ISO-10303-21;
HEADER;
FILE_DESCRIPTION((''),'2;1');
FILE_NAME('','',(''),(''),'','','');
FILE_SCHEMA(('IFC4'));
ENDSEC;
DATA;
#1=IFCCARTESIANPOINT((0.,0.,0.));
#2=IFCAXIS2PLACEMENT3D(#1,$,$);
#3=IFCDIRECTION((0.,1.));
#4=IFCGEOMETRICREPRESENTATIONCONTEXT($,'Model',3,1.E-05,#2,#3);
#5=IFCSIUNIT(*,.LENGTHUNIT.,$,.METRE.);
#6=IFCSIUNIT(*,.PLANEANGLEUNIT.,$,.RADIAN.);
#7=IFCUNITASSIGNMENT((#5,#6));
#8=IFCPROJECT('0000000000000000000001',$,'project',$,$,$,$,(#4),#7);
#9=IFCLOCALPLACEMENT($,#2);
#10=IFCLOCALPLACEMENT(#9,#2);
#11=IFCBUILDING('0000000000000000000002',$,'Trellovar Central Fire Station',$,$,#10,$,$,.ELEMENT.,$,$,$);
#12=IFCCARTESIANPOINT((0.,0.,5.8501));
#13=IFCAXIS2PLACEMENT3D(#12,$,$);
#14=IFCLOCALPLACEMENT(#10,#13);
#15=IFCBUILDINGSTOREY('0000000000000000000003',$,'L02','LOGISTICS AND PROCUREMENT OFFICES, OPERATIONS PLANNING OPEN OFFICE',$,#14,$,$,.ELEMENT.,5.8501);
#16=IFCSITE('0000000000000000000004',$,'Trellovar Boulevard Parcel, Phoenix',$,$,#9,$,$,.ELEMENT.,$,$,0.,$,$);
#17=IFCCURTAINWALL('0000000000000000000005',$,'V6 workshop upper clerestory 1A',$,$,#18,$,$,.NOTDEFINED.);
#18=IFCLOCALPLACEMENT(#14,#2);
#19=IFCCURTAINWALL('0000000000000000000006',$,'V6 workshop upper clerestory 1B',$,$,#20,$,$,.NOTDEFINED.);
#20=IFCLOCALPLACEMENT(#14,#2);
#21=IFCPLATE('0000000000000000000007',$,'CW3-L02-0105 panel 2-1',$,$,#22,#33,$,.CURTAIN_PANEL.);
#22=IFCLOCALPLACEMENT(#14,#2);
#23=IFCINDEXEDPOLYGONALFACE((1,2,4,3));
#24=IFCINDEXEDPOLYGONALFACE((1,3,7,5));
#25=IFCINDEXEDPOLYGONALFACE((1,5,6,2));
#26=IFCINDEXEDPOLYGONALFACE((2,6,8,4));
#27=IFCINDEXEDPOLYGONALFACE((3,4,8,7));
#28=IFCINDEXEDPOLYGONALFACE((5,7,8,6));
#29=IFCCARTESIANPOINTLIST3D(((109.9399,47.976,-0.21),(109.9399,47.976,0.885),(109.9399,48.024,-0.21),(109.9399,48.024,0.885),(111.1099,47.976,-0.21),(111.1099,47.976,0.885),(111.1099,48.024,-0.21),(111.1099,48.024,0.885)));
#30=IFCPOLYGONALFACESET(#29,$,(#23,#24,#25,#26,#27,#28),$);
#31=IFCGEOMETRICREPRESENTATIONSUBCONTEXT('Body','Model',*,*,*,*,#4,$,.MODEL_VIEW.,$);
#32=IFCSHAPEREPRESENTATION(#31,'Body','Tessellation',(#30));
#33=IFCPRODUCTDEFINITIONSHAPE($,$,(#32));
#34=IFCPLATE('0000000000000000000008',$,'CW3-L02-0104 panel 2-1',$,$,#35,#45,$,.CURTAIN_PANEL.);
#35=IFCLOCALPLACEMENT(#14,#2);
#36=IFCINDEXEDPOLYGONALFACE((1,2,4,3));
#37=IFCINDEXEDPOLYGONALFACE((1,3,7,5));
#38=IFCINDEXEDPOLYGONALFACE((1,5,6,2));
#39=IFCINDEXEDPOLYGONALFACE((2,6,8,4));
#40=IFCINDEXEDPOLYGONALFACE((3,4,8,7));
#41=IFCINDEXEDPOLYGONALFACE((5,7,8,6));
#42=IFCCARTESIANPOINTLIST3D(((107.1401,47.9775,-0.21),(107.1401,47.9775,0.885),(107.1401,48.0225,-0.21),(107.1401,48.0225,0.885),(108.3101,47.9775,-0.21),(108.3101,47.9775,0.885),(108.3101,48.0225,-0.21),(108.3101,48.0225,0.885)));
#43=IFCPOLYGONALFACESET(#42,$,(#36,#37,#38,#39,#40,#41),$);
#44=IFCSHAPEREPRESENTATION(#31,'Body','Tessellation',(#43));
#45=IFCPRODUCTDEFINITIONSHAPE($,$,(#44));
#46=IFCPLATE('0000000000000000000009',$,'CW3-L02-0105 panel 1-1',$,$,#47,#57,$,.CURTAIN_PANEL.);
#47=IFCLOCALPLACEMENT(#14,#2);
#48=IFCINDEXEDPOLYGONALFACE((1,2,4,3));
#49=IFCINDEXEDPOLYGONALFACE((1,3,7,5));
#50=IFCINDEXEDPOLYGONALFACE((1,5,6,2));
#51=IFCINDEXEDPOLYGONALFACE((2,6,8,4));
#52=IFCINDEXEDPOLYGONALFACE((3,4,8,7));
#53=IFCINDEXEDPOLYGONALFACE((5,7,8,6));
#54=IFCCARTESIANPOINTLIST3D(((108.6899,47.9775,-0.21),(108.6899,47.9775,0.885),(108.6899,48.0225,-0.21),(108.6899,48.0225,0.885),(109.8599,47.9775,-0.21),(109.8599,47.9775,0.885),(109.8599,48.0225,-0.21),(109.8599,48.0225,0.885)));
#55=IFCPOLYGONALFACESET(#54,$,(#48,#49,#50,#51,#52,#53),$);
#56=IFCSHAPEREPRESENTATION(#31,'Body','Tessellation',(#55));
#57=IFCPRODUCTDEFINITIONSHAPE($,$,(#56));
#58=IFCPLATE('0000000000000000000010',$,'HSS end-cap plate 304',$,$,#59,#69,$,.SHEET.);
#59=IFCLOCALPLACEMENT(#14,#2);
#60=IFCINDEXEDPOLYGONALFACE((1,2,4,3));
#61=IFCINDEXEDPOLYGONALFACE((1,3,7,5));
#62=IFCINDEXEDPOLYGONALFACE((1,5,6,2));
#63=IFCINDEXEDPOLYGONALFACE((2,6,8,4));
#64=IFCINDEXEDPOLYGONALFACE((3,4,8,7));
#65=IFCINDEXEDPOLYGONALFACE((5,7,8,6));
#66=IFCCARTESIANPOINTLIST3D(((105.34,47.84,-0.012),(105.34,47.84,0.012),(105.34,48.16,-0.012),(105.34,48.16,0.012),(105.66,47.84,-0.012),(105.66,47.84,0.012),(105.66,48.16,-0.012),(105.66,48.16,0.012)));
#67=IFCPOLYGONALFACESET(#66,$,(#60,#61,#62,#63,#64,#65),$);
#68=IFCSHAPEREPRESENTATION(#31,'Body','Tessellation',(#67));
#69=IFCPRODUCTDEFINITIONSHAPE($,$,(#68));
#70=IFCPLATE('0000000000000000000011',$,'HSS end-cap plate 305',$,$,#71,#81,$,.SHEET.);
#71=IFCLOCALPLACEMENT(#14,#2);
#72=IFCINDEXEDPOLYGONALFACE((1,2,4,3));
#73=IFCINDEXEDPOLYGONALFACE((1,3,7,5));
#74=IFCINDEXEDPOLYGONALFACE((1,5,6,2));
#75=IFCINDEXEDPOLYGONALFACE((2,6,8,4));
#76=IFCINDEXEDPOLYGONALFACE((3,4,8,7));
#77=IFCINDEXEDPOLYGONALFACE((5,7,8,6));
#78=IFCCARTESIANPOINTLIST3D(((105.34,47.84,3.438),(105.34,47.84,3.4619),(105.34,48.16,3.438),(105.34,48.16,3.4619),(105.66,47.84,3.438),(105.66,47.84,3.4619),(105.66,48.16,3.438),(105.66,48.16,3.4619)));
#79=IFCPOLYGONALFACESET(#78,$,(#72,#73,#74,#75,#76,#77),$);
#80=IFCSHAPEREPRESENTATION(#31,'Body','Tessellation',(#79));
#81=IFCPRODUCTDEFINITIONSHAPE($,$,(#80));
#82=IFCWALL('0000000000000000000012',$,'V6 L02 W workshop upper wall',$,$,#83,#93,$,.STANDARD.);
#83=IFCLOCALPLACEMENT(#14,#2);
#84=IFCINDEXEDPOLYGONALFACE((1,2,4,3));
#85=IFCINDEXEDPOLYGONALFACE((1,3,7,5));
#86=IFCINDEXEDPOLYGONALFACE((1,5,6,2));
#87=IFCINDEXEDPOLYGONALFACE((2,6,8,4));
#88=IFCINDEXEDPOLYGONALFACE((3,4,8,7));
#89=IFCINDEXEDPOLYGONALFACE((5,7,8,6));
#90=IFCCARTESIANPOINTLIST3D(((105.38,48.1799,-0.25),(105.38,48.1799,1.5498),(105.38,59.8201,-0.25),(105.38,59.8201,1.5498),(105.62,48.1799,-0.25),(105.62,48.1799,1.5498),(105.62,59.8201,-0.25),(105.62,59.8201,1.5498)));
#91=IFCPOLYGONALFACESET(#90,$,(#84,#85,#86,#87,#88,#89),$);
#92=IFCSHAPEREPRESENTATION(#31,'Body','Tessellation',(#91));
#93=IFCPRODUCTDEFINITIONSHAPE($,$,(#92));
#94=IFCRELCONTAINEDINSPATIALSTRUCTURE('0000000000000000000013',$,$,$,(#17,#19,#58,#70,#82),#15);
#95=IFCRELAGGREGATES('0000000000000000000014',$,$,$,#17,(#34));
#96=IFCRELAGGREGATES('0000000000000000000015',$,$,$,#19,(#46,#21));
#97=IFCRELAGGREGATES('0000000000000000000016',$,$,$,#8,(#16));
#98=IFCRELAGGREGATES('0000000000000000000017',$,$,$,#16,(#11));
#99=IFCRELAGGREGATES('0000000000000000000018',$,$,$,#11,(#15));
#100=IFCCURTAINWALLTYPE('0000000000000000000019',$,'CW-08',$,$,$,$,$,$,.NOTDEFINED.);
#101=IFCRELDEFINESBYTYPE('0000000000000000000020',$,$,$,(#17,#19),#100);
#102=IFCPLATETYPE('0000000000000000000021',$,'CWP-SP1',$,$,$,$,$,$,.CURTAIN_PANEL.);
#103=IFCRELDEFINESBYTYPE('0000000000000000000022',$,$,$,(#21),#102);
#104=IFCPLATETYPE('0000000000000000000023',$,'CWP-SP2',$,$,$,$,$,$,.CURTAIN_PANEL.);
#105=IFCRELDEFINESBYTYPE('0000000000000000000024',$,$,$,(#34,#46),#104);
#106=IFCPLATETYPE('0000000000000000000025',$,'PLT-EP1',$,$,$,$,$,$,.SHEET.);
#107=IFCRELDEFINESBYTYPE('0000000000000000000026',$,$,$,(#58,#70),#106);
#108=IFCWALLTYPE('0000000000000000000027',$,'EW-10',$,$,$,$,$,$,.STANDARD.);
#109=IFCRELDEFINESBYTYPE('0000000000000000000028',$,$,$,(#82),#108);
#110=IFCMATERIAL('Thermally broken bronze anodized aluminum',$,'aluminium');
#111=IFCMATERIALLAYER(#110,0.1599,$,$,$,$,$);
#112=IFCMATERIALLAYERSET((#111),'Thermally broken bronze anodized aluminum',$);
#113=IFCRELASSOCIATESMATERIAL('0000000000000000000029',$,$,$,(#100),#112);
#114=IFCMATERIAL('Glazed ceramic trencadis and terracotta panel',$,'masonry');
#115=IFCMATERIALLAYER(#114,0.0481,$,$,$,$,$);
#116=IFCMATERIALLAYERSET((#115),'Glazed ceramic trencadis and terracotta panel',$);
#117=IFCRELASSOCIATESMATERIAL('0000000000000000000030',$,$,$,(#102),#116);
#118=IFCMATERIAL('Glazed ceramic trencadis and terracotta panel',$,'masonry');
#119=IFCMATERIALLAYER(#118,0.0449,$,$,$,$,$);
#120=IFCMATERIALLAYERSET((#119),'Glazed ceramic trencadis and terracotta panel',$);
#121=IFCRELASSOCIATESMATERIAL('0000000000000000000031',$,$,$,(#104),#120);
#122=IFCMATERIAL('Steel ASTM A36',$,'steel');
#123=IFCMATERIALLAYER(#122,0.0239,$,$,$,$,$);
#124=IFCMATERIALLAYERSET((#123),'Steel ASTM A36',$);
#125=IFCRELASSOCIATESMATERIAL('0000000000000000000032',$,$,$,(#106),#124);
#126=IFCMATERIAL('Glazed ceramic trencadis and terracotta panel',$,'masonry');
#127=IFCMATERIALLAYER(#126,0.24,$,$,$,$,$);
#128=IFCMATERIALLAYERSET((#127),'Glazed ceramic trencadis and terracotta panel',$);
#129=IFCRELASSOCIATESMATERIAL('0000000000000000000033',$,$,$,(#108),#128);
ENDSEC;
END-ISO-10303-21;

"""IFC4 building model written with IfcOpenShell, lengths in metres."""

from ifc_helpers import new_model, si_unit, direction, frame, frame_2d, origin, origin_2d, place, context, subcontext, project, spatial, rectangle, extrude, material, layer, layer_set, type_object, element, aggregate, save


model = new_model("IFC4")

# Units and contexts
model_context = context("Model", 3, precision=1e-05, world=origin(), true_north=direction((0.0, 1.0)))
body_context = subcontext(model_context, "Body", "Model", "MODEL_VIEW")
ifc_project = project(units=[si_unit("LENGTHUNIT", "METRE"), si_unit("PLANEANGLEUNIT", "RADIAN")], contexts=[model_context])

# Site, building, storey
site_placement = place(None, origin())
site = spatial("IfcSite", under=ifc_project, at=site_placement, Name="Trellovar Boulevard Parcel, Phoenix", CompositionType="ELEMENT", RefElevation=0.0)
building_placement = place(site_placement, origin())
building = spatial("IfcBuilding", under=site, at=building_placement, Name="Trellovar Central Fire Station", CompositionType="ELEMENT")
storey_placement = place(building_placement, frame((0.0, 0.0, 5.8501)))
storey = spatial("IfcBuildingStorey", under=building, at=storey_placement, Name="L02", Description="LOGISTICS AND PROCUREMENT OFFICES, OPERATIONS PLANNING OPEN OFFICE", CompositionType="ELEMENT", Elevation=5.8501)

# Curtain walls
ifc_material_1 = material(Name="Thermally broken bronze anodized aluminum", Category="aluminium")
ifc_layer_1 = layer(ifc_material_1, 0.1599)
ifc_layer_set_1 = layer_set([ifc_layer_1], Name="Thermally broken bronze anodized aluminum")
curtain_wall_type_1 = type_object("IfcCurtainWallType", Name="CW-08", PredefinedType="NOTDEFINED", material=ifc_layer_set_1)
curtain_wall_1_placement = place(storey_placement, origin())
curtain_wall_1 = element("IfcCurtainWall", 1, at=curtain_wall_1_placement, inside=storey, type_object=curtain_wall_type_1, Name="V6 workshop upper clerestory 1A", PredefinedType="NOTDEFINED")
curtain_wall_2_placement = place(storey_placement, origin())
curtain_wall_2 = element("IfcCurtainWall", 2, at=curtain_wall_2_placement, inside=storey, type_object=curtain_wall_type_1, Name="V6 workshop upper clerestory 1B", PredefinedType="NOTDEFINED")

# Plates
ifc_material_2 = material(Name="Glazed ceramic trencadis and terracotta panel", Category="masonry")
ifc_layer_2 = layer(ifc_material_2, 0.0481)
ifc_layer_set_2 = layer_set([ifc_layer_2], Name="Glazed ceramic trencadis and terracotta panel")
plate_type_1 = type_object("IfcPlateType", Name="CWP-SP1", PredefinedType="CURTAIN_PANEL", material=ifc_layer_set_2)
plate_1_placement = place(storey_placement, frame((110.5249, 48.0, -0.21), z_axis=(0.0, 0.0, 1.0), x_axis=(1.0, 0.0, 0.0)))
plate_1 = element("IfcPlate", 3, at=plate_1_placement, type_object=plate_type_1, Name="CW3-L02-0105 panel 2-1", PredefinedType="CURTAIN_PANEL", context=body_context, shape_type="SweptSolid", body=[
    extrude(rectangle(XDim=1.1699, YDim=0.0481, at=origin_2d()), origin(), (0.0, 0.0, 1.0), 1.095),
])
ifc_material_3 = material(Name="Glazed ceramic trencadis and terracotta panel", Category="masonry")
ifc_layer_3 = layer(ifc_material_3, 0.0449)
ifc_layer_set_3 = layer_set([ifc_layer_3], Name="Glazed ceramic trencadis and terracotta panel")
plate_type_2 = type_object("IfcPlateType", Name="CWP-SP2", PredefinedType="CURTAIN_PANEL", material=ifc_layer_set_3)
plate_2_placement = place(storey_placement, frame((107.7251, 48.0, -0.21), z_axis=(0.0, 0.0, 1.0), x_axis=(1.0, 0.0, 0.0)))
plate_2 = element("IfcPlate", 4, at=plate_2_placement, type_object=plate_type_2, Name="CW3-L02-0104 panel 2-1", PredefinedType="CURTAIN_PANEL", context=body_context, shape_type="SweptSolid", body=[
    extrude(rectangle(XDim=1.1699, YDim=0.0449, at=origin_2d()), origin(), (0.0, 0.0, 1.0), 1.095),
])
aggregate(curtain_wall_1, [plate_2])
plate_3_placement = place(storey_placement, frame((109.2749, 48.0, -0.21), z_axis=(0.0, 0.0, 1.0), x_axis=(1.0, 0.0, 0.0)))
plate_3 = element("IfcPlate", 5, at=plate_3_placement, type_object=plate_type_2, Name="CW3-L02-0105 panel 1-1", PredefinedType="CURTAIN_PANEL", context=body_context, shape_type="SweptSolid", body=[
    extrude(rectangle(XDim=1.1699, YDim=0.0449, at=origin_2d()), origin(), (0.0, 0.0, 1.0), 1.095),
])
aggregate(curtain_wall_2, [plate_3, plate_1])

# Plates
ifc_material_4 = material(Name="Steel ASTM A36", Category="steel")
ifc_layer_4 = layer(ifc_material_4, 0.0239)
ifc_layer_set_4 = layer_set([ifc_layer_4], Name="Steel ASTM A36")
plate_type_3 = type_object("IfcPlateType", Name="PLT-EP1", PredefinedType="SHEET", material=ifc_layer_set_4)
for number, where, z_axis, x_axis, name in (
    (6, (105.5, 48.0, -0.012), (0.0, 0.0, 1.0), (1.0, 0.0, 0.0), "HSS end-cap plate 304"),
    (7, (105.5, 48.0, 3.438), (0.0, 0.0, 1.0), (1.0, 0.0, 0.0), "HSS end-cap plate 305"),
):
    element("IfcPlate", number, at=place(storey_placement, frame(where, z_axis=z_axis, x_axis=x_axis)), inside=storey, type_object=plate_type_3, Name=name, PredefinedType="SHEET", context=body_context, shape_type="SweptSolid", body=[
        extrude(rectangle(XDim=0.3201, YDim=0.3201, at=origin_2d()), origin(), (0.0, 0.0, 1.0), 0.0239),
    ])

# Wall
ifc_material_5 = material(Name="Glazed ceramic trencadis and terracotta panel", Category="masonry")
ifc_layer_5 = layer(ifc_material_5, 0.24)
ifc_layer_set_5 = layer_set([ifc_layer_5], Name="Glazed ceramic trencadis and terracotta panel")
wall_type = type_object("IfcWallType", Name="EW-10", PredefinedType="STANDARD", material=ifc_layer_set_5)
wall_placement = place(storey_placement, frame((105.5, 48.1799, -0.25), z_axis=(0.0, 0.0, 1.0), x_axis=(0.0, 1.0, 0.0)))
element("IfcWall", 8, at=wall_placement, inside=storey, type_object=wall_type, Name="V6 L02 W workshop upper wall", PredefinedType="STANDARD", context=body_context, shape_type="SweptSolid", body=[
    extrude(rectangle(XDim=11.6401, YDim=0.24, at=frame_2d((5.8201, 0.0))), origin(), (0.0, 0.0, 1.0), 1.7998),
])

save(model, "model.ifc")
